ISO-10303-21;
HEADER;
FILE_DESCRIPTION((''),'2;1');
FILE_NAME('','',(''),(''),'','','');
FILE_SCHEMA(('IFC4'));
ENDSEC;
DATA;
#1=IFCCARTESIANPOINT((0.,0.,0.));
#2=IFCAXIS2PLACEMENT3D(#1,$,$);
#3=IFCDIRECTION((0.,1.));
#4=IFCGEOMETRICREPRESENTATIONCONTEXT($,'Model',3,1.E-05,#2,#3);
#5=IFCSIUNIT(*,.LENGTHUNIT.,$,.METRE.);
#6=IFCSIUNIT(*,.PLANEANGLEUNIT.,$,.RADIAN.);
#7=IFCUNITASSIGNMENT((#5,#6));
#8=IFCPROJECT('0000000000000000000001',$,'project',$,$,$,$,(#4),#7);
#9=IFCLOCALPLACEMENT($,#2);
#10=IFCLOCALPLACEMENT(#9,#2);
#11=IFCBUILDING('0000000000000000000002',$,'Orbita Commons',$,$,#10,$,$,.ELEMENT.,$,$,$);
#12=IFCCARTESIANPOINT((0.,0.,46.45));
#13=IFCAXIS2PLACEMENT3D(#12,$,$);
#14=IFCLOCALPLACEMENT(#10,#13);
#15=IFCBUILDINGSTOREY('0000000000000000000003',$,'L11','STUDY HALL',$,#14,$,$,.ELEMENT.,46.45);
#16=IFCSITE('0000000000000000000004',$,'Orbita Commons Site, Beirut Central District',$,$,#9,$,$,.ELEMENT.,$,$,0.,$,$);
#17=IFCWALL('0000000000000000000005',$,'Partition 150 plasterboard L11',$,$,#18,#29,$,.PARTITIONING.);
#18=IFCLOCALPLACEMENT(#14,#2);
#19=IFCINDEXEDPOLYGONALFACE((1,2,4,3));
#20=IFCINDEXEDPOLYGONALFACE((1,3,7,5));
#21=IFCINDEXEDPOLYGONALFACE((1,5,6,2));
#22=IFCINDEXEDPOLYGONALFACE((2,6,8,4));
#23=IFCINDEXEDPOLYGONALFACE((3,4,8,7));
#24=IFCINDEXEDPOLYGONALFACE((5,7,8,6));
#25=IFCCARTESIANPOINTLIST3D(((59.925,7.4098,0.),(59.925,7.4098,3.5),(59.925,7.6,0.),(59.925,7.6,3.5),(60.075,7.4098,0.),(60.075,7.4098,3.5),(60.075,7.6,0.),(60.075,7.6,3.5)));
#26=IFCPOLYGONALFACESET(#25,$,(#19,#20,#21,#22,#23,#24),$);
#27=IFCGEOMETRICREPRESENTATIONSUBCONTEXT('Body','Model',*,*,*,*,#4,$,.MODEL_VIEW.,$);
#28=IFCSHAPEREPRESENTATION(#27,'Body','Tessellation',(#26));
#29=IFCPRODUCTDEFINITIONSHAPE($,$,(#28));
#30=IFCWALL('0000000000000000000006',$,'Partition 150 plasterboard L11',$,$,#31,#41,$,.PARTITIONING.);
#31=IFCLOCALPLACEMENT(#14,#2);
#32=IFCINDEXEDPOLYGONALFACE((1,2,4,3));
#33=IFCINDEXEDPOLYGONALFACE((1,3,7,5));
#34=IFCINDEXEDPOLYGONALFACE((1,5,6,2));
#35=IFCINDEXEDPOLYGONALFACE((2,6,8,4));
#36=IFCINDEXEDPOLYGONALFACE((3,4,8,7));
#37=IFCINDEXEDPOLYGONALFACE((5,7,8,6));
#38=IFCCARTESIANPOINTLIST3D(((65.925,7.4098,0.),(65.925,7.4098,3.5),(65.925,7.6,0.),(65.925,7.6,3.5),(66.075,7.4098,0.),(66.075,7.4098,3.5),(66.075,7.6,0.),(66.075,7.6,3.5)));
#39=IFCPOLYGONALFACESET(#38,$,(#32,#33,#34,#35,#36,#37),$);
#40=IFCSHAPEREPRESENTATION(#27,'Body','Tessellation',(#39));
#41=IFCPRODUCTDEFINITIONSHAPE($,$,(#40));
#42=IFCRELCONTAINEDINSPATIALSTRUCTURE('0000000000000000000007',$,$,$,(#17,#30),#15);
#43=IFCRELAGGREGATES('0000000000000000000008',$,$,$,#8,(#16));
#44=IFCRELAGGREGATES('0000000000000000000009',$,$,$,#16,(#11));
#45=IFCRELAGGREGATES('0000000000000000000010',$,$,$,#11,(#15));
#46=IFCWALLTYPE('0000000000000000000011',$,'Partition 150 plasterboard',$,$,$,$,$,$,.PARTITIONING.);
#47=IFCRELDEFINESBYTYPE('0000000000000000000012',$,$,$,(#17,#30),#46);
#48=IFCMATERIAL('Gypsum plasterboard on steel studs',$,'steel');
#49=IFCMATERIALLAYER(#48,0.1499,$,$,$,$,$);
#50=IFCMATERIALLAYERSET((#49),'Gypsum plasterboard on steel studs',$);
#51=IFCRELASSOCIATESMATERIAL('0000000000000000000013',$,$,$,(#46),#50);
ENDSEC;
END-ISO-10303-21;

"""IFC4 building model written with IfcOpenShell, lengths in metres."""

from ifc_helpers import new_model, si_unit, direction, frame, frame_2d, origin, place, context, subcontext, project, spatial, rectangle, extrude, material, layer, layer_set, type_object, element, save


model = new_model("IFC4")

# Units and contexts
model_context = context("Model", 3, precision=1e-05, world=origin(), true_north=direction((0.0, 1.0)))
body_context = subcontext(model_context, "Body", "Model", "MODEL_VIEW")
ifc_project = project(units=[si_unit("LENGTHUNIT", "METRE"), si_unit("PLANEANGLEUNIT", "RADIAN")], contexts=[model_context])

# Site, building, storey
site_placement = place(None, origin())
site = spatial("IfcSite", under=ifc_project, at=site_placement, Name="Orbita Commons Site, Beirut Central District", CompositionType="ELEMENT", RefElevation=0.0)
building_placement = place(site_placement, origin())
building = spatial("IfcBuilding", under=site, at=building_placement, Name="Orbita Commons", CompositionType="ELEMENT")
storey_placement = place(building_placement, frame((0.0, 0.0, 46.45)))
storey = spatial("IfcBuildingStorey", under=building, at=storey_placement, Name="L11", Description="STUDY HALL", CompositionType="ELEMENT", Elevation=46.45)

# Walls
ifc_material_1 = material(Name="Gypsum plasterboard on steel studs", Category="steel")
ifc_layer_1 = layer(ifc_material_1, 0.1499)
ifc_layer_set_1 = layer_set([ifc_layer_1], Name="Gypsum plasterboard on steel studs")
wall_type_1 = type_object("IfcWallType", Name="Partition 150 plasterboard", PredefinedType="PARTITIONING", material=ifc_layer_set_1)
for number, where, z_axis, x_axis, name in (
    (1, (60.0, 7.6001, 0.0), (0.0, 0.0, 1.0), (0.0, -1.0, 0.0), "Partition 150 plasterboard L11"),
    (2, (66.0, 7.6001, 0.0), (0.0, 0.0, 1.0), (0.0, -1.0, 0.0), "Partition 150 plasterboard L11"),
):
    element("IfcWall", number, at=place(storey_placement, frame(where, z_axis=z_axis, x_axis=x_axis)), inside=storey, type_object=wall_type_1, Name=name, PredefinedType="PARTITIONING", context=body_context, shape_type="SweptSolid", body=[
        extrude(rectangle(XDim=0.1902, YDim=0.1499, at=frame_2d((0.0952, 0.0))), origin(), (0.0, 0.0, 1.0), 3.5),
    ])

save(model, "model.ifc")
